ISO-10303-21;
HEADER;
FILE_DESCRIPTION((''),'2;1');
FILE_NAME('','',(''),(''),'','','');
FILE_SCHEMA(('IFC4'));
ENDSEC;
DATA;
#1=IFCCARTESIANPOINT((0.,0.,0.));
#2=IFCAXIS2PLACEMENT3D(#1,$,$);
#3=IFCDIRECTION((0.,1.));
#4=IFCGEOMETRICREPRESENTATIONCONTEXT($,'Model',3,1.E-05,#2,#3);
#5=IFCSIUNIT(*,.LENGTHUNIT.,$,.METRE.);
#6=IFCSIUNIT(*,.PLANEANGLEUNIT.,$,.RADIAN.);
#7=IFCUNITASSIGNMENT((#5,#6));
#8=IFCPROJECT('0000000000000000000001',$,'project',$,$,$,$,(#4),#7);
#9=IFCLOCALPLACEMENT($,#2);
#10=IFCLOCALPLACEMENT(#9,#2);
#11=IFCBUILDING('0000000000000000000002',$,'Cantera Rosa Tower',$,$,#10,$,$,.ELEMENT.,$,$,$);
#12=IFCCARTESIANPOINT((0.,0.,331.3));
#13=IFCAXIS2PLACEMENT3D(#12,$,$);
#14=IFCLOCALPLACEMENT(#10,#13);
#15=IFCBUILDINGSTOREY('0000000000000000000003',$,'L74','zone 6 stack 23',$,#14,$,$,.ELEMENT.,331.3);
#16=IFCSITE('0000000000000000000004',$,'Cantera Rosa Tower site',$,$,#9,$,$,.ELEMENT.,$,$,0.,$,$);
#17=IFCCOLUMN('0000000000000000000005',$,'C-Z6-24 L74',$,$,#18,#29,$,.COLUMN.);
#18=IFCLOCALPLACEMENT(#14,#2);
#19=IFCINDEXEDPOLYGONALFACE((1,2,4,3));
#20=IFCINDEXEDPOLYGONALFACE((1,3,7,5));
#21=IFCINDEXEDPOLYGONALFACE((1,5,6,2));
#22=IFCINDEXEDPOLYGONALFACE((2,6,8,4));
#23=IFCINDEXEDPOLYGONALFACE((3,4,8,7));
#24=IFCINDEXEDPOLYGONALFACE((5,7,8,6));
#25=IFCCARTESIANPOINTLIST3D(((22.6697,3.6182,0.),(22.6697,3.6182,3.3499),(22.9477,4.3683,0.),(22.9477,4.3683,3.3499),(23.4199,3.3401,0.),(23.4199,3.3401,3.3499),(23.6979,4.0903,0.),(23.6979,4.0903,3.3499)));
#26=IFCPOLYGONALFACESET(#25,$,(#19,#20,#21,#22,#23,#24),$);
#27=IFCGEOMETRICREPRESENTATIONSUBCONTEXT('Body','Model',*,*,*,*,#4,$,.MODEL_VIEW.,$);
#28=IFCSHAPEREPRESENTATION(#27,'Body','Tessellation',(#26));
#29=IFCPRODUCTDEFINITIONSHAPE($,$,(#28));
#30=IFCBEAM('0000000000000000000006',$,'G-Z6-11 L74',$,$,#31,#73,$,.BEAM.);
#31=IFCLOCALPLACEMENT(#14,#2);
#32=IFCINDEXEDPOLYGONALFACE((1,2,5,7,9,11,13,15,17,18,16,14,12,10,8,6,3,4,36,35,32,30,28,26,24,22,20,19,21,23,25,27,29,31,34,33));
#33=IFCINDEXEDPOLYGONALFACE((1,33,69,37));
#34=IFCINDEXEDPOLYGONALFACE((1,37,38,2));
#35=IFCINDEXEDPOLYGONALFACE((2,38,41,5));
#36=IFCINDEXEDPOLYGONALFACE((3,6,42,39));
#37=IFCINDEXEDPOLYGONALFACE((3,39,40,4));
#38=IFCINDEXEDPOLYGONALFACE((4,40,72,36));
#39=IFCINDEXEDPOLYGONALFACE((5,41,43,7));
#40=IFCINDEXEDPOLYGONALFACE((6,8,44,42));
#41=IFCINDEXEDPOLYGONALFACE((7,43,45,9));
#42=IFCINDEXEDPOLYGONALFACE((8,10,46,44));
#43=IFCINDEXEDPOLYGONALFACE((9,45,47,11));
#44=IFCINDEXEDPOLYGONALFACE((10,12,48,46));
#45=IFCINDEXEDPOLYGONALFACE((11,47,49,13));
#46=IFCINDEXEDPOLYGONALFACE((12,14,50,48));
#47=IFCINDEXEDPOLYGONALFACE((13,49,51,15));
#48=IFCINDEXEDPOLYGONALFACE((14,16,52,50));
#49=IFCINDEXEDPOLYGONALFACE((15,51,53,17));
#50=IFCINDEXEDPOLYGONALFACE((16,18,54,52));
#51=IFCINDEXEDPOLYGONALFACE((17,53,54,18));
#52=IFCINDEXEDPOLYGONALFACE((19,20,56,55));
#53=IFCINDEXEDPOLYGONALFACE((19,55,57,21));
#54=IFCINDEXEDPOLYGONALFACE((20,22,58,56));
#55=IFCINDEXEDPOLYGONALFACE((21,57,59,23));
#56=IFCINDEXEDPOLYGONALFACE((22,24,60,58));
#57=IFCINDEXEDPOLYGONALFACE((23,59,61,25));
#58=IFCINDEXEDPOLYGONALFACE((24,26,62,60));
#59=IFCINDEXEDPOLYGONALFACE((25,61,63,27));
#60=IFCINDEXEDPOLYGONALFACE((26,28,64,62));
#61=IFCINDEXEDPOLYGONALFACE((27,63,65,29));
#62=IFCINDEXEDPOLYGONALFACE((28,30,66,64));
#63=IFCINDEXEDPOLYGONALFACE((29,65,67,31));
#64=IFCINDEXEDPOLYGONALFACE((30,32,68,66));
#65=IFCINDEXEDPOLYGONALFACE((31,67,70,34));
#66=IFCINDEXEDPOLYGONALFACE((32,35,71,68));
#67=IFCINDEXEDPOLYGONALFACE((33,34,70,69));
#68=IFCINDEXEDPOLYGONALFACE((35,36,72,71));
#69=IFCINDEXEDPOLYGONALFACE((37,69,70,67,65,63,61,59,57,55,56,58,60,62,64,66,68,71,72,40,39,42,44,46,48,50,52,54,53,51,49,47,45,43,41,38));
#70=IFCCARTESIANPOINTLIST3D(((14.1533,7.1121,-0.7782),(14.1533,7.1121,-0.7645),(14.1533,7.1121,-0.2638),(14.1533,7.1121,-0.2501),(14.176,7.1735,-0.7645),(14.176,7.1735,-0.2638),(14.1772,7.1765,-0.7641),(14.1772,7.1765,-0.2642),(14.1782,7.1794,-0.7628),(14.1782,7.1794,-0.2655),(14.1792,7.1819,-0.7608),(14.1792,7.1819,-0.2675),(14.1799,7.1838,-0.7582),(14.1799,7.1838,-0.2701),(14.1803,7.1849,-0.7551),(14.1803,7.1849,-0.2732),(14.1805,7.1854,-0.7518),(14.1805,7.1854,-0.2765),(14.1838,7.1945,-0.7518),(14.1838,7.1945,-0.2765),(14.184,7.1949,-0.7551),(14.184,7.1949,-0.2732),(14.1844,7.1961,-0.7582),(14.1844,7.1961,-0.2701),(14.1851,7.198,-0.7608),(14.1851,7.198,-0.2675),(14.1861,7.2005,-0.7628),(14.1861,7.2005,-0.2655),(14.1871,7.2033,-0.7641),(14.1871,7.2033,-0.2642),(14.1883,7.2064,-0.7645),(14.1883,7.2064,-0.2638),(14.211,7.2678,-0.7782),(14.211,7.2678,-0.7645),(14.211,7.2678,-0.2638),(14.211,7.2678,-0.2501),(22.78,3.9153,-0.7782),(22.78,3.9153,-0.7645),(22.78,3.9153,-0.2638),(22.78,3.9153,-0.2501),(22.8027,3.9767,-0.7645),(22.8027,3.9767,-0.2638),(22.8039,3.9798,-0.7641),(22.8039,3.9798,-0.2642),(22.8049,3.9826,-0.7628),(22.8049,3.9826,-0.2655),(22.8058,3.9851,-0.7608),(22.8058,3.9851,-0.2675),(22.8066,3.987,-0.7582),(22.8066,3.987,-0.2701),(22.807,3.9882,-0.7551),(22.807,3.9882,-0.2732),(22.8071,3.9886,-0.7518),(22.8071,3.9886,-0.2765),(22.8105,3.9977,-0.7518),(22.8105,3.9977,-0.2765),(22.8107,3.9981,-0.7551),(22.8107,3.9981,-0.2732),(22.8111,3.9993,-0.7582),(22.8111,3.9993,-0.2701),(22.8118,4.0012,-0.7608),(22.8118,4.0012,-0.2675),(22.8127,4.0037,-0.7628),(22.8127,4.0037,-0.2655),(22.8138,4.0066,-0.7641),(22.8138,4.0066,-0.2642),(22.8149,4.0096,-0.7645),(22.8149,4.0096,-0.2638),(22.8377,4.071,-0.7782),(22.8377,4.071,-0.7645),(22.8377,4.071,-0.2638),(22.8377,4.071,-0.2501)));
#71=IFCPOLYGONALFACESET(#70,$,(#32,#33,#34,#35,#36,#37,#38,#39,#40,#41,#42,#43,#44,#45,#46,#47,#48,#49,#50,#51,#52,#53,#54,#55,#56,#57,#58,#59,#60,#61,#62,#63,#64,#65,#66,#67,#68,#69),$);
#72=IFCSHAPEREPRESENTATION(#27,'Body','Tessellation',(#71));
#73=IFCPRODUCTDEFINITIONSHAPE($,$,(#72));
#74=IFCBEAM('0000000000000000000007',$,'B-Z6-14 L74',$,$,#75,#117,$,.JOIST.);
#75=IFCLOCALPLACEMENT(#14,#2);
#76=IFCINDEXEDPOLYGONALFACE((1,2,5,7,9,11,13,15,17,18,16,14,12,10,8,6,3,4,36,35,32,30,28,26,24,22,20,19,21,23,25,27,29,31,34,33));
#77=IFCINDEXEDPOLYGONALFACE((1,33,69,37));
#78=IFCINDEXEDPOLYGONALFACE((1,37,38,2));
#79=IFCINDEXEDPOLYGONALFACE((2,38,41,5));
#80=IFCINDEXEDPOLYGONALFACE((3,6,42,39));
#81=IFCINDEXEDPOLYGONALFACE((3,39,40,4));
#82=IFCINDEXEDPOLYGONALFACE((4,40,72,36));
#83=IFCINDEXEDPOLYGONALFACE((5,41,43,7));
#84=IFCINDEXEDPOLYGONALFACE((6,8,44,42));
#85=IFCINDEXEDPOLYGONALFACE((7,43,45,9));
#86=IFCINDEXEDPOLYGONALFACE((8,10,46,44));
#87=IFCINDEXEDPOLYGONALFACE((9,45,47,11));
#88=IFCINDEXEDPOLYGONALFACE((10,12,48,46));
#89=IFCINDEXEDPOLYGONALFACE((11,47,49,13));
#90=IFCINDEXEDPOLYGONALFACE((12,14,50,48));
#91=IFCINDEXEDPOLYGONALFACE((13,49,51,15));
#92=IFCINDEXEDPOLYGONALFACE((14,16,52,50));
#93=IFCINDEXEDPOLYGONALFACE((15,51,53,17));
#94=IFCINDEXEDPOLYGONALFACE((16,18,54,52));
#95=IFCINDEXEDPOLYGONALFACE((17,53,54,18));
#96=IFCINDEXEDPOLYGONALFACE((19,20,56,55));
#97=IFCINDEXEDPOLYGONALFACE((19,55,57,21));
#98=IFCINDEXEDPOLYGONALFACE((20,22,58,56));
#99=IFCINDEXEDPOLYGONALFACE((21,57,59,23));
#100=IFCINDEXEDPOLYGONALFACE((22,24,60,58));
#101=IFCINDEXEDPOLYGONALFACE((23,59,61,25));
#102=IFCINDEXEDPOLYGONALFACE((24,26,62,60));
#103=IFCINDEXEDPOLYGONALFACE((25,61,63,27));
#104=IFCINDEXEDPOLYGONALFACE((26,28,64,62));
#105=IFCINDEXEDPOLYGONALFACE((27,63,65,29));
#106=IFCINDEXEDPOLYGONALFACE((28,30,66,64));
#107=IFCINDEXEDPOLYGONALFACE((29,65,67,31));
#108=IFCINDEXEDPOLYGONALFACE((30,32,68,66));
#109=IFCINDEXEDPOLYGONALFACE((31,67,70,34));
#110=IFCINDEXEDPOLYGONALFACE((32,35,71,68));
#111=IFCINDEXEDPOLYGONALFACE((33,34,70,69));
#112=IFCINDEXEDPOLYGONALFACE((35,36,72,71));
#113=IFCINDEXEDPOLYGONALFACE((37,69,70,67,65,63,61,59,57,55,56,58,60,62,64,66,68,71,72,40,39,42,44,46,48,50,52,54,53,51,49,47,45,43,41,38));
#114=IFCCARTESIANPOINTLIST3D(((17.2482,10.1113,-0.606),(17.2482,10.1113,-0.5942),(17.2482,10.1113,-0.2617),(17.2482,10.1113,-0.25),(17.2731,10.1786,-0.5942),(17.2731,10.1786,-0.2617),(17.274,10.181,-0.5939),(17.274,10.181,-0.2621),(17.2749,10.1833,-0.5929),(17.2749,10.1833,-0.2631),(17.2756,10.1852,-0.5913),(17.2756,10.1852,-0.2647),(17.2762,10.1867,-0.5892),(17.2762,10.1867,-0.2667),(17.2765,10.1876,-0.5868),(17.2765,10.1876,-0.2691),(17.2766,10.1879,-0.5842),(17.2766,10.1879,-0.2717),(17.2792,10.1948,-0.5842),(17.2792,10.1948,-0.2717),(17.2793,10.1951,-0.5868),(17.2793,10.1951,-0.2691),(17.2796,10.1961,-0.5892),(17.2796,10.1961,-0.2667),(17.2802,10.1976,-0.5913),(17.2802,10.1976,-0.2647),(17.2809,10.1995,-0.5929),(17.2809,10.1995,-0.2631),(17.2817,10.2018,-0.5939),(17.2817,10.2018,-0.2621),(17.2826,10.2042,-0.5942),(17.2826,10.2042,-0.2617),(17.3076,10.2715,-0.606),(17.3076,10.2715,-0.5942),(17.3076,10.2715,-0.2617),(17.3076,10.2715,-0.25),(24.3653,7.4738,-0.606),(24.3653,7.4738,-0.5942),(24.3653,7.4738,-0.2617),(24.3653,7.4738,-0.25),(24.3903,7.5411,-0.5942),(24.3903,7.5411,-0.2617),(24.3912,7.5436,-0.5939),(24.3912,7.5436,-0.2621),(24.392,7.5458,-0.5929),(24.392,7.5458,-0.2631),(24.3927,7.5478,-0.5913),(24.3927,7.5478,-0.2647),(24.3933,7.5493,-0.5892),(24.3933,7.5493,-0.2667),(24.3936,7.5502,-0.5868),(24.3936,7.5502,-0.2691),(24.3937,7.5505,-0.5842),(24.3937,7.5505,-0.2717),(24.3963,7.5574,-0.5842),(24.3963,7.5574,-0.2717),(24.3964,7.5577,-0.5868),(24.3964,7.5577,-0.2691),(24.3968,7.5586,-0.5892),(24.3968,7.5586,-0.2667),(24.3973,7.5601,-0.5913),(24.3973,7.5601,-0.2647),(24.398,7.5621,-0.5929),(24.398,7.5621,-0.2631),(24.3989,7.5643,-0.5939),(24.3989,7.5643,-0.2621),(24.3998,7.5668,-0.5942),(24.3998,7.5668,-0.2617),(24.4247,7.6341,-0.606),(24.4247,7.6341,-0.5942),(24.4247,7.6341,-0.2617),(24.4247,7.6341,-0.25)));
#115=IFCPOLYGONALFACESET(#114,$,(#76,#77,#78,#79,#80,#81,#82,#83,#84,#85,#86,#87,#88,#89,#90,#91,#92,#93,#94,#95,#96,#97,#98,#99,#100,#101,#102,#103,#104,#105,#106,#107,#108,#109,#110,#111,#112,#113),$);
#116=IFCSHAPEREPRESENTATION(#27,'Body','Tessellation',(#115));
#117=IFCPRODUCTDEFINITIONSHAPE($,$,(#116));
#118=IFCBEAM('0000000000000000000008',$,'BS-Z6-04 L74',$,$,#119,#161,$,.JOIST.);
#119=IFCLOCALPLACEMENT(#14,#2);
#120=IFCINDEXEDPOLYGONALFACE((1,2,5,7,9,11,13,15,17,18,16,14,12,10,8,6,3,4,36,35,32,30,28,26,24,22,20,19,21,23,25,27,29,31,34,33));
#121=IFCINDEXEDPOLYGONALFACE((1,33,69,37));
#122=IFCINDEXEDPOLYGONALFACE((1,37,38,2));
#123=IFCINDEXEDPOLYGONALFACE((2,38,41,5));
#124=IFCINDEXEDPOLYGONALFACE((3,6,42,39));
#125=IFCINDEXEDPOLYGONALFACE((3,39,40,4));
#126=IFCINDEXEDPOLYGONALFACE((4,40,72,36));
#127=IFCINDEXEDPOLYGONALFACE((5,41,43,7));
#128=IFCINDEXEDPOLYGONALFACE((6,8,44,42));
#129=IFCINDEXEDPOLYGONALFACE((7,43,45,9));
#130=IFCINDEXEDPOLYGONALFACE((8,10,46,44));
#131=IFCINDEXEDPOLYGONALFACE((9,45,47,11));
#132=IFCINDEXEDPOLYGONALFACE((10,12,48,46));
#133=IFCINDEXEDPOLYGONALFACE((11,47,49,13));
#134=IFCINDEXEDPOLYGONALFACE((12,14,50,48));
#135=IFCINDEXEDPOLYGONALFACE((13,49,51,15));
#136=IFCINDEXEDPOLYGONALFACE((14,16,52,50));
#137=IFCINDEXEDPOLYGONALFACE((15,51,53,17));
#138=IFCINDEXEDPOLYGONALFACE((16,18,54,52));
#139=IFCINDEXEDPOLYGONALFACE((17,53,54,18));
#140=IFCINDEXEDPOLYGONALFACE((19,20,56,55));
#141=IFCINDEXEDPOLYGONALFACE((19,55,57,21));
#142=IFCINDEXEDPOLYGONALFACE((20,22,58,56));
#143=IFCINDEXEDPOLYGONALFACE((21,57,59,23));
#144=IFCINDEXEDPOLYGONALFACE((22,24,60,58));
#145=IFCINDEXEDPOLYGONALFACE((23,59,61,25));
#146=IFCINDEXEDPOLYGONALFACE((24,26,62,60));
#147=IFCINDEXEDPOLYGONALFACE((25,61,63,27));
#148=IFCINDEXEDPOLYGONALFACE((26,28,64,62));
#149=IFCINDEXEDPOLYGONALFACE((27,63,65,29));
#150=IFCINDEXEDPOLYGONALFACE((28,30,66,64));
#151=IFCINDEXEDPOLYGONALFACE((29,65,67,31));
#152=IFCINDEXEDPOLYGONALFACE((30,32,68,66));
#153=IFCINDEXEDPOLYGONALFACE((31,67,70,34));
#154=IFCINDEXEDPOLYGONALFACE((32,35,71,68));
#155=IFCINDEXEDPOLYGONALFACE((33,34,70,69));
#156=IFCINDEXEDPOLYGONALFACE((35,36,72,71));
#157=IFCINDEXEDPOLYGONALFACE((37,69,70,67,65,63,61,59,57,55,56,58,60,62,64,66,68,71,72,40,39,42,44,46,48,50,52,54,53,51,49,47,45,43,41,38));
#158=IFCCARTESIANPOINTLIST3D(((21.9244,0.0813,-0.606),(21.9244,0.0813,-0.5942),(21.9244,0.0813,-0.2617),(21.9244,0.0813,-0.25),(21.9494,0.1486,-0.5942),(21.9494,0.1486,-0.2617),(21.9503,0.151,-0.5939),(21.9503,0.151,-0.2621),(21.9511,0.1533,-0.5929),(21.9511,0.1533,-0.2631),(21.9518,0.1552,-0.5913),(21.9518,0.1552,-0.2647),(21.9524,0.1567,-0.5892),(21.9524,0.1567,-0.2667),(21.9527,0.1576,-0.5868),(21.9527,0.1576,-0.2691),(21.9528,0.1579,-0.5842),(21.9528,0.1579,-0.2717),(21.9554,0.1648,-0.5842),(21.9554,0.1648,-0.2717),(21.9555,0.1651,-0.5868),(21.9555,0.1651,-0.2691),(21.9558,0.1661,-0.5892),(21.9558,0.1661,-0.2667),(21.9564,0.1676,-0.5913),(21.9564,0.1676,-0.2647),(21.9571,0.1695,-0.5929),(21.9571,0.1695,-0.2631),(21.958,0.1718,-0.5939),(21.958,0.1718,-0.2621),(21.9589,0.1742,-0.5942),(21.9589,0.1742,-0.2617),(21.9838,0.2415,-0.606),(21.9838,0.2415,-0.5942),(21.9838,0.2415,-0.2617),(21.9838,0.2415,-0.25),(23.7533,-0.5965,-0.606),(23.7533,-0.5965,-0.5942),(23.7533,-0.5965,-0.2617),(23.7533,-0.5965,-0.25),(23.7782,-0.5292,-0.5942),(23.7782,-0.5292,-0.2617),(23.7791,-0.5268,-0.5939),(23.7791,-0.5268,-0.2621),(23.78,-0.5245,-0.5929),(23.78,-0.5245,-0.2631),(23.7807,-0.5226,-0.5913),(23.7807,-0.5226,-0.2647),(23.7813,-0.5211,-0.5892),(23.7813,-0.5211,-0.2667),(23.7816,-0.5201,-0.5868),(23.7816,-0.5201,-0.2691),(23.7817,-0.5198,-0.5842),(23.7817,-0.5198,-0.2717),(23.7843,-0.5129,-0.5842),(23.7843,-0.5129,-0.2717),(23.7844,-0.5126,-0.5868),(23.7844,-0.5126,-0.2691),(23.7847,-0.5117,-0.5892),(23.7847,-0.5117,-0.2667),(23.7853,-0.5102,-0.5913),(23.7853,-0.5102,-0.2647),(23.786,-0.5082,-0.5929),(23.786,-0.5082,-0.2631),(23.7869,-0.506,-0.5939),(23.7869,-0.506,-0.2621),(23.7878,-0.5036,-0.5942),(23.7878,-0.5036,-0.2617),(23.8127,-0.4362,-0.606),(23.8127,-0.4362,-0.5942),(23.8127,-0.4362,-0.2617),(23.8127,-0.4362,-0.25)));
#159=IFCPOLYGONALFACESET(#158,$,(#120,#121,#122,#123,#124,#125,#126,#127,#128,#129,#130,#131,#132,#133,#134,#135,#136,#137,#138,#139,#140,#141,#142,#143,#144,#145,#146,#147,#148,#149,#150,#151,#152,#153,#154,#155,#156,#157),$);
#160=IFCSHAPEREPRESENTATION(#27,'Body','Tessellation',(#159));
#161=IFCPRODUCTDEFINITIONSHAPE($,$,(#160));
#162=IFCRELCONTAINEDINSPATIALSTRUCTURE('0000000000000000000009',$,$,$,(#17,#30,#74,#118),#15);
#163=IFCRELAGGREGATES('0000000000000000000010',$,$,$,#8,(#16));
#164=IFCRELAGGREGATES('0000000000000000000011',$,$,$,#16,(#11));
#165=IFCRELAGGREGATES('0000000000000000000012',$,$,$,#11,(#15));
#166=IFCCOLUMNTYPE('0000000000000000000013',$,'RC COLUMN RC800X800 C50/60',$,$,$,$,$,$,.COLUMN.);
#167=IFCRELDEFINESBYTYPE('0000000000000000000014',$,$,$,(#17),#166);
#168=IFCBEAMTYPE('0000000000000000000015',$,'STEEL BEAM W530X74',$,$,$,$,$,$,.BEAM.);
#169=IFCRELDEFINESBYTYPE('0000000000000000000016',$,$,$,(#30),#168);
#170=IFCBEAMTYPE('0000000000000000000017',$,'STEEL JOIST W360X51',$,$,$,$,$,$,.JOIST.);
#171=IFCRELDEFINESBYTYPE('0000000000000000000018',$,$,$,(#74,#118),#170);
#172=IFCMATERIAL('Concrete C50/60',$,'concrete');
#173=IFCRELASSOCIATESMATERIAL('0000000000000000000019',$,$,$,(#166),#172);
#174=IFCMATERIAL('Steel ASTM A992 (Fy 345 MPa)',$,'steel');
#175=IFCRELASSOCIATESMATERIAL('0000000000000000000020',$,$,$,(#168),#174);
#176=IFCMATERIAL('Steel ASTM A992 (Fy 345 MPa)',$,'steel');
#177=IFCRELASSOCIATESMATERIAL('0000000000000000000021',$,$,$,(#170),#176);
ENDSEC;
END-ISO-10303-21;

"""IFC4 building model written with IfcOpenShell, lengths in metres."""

from ifc_helpers import new_model, si_unit, direction, frame, origin, origin_2d, place, context, subcontext, project, spatial, rectangle, i_section, extrude, material, material_profile, profile_set, type_object, element, save


model = new_model("IFC4")

# Units and contexts
model_context = context("Model", 3, precision=1e-05, world=origin(), true_north=direction((0.0, 1.0)))
body_context = subcontext(model_context, "Body", "Model", "MODEL_VIEW")
ifc_project = project(units=[si_unit("LENGTHUNIT", "METRE"), si_unit("PLANEANGLEUNIT", "RADIAN")], contexts=[model_context])

# Site, building, storey
site_placement = place(None, origin())
site = spatial("IfcSite", under=ifc_project, at=site_placement, Name="Cantera Rosa Tower site", CompositionType="ELEMENT", RefElevation=0.0)
building_placement = place(site_placement, origin())
building = spatial("IfcBuilding", under=site, at=building_placement, Name="Cantera Rosa Tower", CompositionType="ELEMENT")
storey_placement = place(building_placement, frame((0.0, 0.0, 331.3)))
storey = spatial("IfcBuildingStorey", under=building, at=storey_placement, Name="L74", Description="zone 6 stack 23", CompositionType="ELEMENT", Elevation=331.3)

# Column
ifc_material_1 = material(Name="Concrete C50/60", Category="concrete")
ifc_material_profile_1 = material_profile(ifc_material_1, rectangle(XDim=0.8, YDim=0.8, at=origin_2d()), Name="RC COLUMN RC800X800 C50/60")
ifc_profile_set_1 = profile_set([ifc_material_profile_1], Name="Concrete C50/60")
column_type = type_object("IfcColumnType", Name="RC COLUMN RC800X800 C50/60", PredefinedType="COLUMN", material=ifc_profile_set_1)
column_placement = place(storey_placement, frame((23.1838, 3.8542, 0.0), z_axis=(0.0, 0.0, 1.0), x_axis=(0.347481, 0.937687, 0.0)))
element("IfcColumn", 1, at=column_placement, inside=storey, type_object=column_type, Name="C-Z6-24 L74", PredefinedType="COLUMN", context=body_context, shape_type="SweptSolid", body=[
    extrude(rectangle(XDim=0.8, YDim=0.8, at=origin_2d()), origin(), (0.0, 0.0, 1.0), 3.3499),
])

# Beams
ifc_material_2 = material(Name="Steel ASTM A992 (Fy 345 MPa)", Category="steel")
ifc_material_profile_2 = material_profile(ifc_material_2, i_section(OverallWidth=0.166, OverallDepth=0.5281, WebThickness=0.0098, FlangeThickness=0.0137, FilletRadius=0.0127, at=origin_2d()), Name="W530X74")
ifc_profile_set_2 = profile_set([ifc_material_profile_2], Name="Steel ASTM A992 (Fy 345 MPa)")
beam_type_1 = type_object("IfcBeamType", Name="STEEL BEAM W530X74", PredefinedType="BEAM", material=ifc_profile_set_2)
beam_1_placement = place(storey_placement, frame((22.8088, 3.9932, -0.5142), z_axis=(-0.937689, 0.347477, 0.0), x_axis=(-0.347477, -0.937689, 0.0)))
element("IfcBeam", 2, at=beam_1_placement, inside=storey, type_object=beam_type_1, Name="G-Z6-11 L74", PredefinedType="BEAM", context=body_context, shape_type="SweptSolid", body=[
    extrude(i_section(OverallWidth=0.166, OverallDepth=0.5281, WebThickness=0.0098, FlangeThickness=0.0137, FilletRadius=0.0127, at=origin_2d()), origin(), (0.0, 0.0, 1.0), 9.2),
])
ifc_material_3 = material(Name="Steel ASTM A992 (Fy 345 MPa)", Category="steel")
ifc_material_profile_3 = material_profile(ifc_material_3, i_section(OverallWidth=0.1709, OverallDepth=0.356, WebThickness=0.0073, FlangeThickness=0.0117, FilletRadius=0.01, at=origin_2d()), Name="W360X51")
ifc_profile_set_3 = profile_set([ifc_material_profile_3], Name="Steel ASTM A992 (Fy 345 MPa)")
beam_type_2 = type_object("IfcBeamType", Name="STEEL JOIST W360X51", PredefinedType="JOIST", material=ifc_profile_set_3)
beam_2_placement = place(storey_placement, frame((24.395, 7.554, -0.428), z_axis=(-0.937686, 0.347483, 0.0), x_axis=(-0.347483, -0.937686, 0.0)))
element("IfcBeam", 3, at=beam_2_placement, inside=storey, type_object=beam_type_2, Name="B-Z6-14 L74", PredefinedType="JOIST", context=body_context, shape_type="SweptSolid", body=[
    extrude(i_section(OverallWidth=0.1709, OverallDepth=0.356, WebThickness=0.0073, FlangeThickness=0.0117, FilletRadius=0.01, at=origin_2d()), origin(), (0.0, 0.0, 1.0), 7.5901),
])
beam_3_placement = place(storey_placement, frame((21.9541, 0.1614, -0.428), z_axis=(0.937685, -0.347486, 0.0), x_axis=(0.347486, 0.937685, 0.0)))
element("IfcBeam", 4, at=beam_3_placement, inside=storey, type_object=beam_type_2, Name="BS-Z6-04 L74", PredefinedType="JOIST", context=body_context, shape_type="SweptSolid", body=[
    extrude(i_section(OverallWidth=0.1709, OverallDepth=0.356, WebThickness=0.0073, FlangeThickness=0.0117, FilletRadius=0.01, at=origin_2d()), origin(), (0.0, 0.0, 1.0), 1.9504),
])

save(model, "model.ifc")
